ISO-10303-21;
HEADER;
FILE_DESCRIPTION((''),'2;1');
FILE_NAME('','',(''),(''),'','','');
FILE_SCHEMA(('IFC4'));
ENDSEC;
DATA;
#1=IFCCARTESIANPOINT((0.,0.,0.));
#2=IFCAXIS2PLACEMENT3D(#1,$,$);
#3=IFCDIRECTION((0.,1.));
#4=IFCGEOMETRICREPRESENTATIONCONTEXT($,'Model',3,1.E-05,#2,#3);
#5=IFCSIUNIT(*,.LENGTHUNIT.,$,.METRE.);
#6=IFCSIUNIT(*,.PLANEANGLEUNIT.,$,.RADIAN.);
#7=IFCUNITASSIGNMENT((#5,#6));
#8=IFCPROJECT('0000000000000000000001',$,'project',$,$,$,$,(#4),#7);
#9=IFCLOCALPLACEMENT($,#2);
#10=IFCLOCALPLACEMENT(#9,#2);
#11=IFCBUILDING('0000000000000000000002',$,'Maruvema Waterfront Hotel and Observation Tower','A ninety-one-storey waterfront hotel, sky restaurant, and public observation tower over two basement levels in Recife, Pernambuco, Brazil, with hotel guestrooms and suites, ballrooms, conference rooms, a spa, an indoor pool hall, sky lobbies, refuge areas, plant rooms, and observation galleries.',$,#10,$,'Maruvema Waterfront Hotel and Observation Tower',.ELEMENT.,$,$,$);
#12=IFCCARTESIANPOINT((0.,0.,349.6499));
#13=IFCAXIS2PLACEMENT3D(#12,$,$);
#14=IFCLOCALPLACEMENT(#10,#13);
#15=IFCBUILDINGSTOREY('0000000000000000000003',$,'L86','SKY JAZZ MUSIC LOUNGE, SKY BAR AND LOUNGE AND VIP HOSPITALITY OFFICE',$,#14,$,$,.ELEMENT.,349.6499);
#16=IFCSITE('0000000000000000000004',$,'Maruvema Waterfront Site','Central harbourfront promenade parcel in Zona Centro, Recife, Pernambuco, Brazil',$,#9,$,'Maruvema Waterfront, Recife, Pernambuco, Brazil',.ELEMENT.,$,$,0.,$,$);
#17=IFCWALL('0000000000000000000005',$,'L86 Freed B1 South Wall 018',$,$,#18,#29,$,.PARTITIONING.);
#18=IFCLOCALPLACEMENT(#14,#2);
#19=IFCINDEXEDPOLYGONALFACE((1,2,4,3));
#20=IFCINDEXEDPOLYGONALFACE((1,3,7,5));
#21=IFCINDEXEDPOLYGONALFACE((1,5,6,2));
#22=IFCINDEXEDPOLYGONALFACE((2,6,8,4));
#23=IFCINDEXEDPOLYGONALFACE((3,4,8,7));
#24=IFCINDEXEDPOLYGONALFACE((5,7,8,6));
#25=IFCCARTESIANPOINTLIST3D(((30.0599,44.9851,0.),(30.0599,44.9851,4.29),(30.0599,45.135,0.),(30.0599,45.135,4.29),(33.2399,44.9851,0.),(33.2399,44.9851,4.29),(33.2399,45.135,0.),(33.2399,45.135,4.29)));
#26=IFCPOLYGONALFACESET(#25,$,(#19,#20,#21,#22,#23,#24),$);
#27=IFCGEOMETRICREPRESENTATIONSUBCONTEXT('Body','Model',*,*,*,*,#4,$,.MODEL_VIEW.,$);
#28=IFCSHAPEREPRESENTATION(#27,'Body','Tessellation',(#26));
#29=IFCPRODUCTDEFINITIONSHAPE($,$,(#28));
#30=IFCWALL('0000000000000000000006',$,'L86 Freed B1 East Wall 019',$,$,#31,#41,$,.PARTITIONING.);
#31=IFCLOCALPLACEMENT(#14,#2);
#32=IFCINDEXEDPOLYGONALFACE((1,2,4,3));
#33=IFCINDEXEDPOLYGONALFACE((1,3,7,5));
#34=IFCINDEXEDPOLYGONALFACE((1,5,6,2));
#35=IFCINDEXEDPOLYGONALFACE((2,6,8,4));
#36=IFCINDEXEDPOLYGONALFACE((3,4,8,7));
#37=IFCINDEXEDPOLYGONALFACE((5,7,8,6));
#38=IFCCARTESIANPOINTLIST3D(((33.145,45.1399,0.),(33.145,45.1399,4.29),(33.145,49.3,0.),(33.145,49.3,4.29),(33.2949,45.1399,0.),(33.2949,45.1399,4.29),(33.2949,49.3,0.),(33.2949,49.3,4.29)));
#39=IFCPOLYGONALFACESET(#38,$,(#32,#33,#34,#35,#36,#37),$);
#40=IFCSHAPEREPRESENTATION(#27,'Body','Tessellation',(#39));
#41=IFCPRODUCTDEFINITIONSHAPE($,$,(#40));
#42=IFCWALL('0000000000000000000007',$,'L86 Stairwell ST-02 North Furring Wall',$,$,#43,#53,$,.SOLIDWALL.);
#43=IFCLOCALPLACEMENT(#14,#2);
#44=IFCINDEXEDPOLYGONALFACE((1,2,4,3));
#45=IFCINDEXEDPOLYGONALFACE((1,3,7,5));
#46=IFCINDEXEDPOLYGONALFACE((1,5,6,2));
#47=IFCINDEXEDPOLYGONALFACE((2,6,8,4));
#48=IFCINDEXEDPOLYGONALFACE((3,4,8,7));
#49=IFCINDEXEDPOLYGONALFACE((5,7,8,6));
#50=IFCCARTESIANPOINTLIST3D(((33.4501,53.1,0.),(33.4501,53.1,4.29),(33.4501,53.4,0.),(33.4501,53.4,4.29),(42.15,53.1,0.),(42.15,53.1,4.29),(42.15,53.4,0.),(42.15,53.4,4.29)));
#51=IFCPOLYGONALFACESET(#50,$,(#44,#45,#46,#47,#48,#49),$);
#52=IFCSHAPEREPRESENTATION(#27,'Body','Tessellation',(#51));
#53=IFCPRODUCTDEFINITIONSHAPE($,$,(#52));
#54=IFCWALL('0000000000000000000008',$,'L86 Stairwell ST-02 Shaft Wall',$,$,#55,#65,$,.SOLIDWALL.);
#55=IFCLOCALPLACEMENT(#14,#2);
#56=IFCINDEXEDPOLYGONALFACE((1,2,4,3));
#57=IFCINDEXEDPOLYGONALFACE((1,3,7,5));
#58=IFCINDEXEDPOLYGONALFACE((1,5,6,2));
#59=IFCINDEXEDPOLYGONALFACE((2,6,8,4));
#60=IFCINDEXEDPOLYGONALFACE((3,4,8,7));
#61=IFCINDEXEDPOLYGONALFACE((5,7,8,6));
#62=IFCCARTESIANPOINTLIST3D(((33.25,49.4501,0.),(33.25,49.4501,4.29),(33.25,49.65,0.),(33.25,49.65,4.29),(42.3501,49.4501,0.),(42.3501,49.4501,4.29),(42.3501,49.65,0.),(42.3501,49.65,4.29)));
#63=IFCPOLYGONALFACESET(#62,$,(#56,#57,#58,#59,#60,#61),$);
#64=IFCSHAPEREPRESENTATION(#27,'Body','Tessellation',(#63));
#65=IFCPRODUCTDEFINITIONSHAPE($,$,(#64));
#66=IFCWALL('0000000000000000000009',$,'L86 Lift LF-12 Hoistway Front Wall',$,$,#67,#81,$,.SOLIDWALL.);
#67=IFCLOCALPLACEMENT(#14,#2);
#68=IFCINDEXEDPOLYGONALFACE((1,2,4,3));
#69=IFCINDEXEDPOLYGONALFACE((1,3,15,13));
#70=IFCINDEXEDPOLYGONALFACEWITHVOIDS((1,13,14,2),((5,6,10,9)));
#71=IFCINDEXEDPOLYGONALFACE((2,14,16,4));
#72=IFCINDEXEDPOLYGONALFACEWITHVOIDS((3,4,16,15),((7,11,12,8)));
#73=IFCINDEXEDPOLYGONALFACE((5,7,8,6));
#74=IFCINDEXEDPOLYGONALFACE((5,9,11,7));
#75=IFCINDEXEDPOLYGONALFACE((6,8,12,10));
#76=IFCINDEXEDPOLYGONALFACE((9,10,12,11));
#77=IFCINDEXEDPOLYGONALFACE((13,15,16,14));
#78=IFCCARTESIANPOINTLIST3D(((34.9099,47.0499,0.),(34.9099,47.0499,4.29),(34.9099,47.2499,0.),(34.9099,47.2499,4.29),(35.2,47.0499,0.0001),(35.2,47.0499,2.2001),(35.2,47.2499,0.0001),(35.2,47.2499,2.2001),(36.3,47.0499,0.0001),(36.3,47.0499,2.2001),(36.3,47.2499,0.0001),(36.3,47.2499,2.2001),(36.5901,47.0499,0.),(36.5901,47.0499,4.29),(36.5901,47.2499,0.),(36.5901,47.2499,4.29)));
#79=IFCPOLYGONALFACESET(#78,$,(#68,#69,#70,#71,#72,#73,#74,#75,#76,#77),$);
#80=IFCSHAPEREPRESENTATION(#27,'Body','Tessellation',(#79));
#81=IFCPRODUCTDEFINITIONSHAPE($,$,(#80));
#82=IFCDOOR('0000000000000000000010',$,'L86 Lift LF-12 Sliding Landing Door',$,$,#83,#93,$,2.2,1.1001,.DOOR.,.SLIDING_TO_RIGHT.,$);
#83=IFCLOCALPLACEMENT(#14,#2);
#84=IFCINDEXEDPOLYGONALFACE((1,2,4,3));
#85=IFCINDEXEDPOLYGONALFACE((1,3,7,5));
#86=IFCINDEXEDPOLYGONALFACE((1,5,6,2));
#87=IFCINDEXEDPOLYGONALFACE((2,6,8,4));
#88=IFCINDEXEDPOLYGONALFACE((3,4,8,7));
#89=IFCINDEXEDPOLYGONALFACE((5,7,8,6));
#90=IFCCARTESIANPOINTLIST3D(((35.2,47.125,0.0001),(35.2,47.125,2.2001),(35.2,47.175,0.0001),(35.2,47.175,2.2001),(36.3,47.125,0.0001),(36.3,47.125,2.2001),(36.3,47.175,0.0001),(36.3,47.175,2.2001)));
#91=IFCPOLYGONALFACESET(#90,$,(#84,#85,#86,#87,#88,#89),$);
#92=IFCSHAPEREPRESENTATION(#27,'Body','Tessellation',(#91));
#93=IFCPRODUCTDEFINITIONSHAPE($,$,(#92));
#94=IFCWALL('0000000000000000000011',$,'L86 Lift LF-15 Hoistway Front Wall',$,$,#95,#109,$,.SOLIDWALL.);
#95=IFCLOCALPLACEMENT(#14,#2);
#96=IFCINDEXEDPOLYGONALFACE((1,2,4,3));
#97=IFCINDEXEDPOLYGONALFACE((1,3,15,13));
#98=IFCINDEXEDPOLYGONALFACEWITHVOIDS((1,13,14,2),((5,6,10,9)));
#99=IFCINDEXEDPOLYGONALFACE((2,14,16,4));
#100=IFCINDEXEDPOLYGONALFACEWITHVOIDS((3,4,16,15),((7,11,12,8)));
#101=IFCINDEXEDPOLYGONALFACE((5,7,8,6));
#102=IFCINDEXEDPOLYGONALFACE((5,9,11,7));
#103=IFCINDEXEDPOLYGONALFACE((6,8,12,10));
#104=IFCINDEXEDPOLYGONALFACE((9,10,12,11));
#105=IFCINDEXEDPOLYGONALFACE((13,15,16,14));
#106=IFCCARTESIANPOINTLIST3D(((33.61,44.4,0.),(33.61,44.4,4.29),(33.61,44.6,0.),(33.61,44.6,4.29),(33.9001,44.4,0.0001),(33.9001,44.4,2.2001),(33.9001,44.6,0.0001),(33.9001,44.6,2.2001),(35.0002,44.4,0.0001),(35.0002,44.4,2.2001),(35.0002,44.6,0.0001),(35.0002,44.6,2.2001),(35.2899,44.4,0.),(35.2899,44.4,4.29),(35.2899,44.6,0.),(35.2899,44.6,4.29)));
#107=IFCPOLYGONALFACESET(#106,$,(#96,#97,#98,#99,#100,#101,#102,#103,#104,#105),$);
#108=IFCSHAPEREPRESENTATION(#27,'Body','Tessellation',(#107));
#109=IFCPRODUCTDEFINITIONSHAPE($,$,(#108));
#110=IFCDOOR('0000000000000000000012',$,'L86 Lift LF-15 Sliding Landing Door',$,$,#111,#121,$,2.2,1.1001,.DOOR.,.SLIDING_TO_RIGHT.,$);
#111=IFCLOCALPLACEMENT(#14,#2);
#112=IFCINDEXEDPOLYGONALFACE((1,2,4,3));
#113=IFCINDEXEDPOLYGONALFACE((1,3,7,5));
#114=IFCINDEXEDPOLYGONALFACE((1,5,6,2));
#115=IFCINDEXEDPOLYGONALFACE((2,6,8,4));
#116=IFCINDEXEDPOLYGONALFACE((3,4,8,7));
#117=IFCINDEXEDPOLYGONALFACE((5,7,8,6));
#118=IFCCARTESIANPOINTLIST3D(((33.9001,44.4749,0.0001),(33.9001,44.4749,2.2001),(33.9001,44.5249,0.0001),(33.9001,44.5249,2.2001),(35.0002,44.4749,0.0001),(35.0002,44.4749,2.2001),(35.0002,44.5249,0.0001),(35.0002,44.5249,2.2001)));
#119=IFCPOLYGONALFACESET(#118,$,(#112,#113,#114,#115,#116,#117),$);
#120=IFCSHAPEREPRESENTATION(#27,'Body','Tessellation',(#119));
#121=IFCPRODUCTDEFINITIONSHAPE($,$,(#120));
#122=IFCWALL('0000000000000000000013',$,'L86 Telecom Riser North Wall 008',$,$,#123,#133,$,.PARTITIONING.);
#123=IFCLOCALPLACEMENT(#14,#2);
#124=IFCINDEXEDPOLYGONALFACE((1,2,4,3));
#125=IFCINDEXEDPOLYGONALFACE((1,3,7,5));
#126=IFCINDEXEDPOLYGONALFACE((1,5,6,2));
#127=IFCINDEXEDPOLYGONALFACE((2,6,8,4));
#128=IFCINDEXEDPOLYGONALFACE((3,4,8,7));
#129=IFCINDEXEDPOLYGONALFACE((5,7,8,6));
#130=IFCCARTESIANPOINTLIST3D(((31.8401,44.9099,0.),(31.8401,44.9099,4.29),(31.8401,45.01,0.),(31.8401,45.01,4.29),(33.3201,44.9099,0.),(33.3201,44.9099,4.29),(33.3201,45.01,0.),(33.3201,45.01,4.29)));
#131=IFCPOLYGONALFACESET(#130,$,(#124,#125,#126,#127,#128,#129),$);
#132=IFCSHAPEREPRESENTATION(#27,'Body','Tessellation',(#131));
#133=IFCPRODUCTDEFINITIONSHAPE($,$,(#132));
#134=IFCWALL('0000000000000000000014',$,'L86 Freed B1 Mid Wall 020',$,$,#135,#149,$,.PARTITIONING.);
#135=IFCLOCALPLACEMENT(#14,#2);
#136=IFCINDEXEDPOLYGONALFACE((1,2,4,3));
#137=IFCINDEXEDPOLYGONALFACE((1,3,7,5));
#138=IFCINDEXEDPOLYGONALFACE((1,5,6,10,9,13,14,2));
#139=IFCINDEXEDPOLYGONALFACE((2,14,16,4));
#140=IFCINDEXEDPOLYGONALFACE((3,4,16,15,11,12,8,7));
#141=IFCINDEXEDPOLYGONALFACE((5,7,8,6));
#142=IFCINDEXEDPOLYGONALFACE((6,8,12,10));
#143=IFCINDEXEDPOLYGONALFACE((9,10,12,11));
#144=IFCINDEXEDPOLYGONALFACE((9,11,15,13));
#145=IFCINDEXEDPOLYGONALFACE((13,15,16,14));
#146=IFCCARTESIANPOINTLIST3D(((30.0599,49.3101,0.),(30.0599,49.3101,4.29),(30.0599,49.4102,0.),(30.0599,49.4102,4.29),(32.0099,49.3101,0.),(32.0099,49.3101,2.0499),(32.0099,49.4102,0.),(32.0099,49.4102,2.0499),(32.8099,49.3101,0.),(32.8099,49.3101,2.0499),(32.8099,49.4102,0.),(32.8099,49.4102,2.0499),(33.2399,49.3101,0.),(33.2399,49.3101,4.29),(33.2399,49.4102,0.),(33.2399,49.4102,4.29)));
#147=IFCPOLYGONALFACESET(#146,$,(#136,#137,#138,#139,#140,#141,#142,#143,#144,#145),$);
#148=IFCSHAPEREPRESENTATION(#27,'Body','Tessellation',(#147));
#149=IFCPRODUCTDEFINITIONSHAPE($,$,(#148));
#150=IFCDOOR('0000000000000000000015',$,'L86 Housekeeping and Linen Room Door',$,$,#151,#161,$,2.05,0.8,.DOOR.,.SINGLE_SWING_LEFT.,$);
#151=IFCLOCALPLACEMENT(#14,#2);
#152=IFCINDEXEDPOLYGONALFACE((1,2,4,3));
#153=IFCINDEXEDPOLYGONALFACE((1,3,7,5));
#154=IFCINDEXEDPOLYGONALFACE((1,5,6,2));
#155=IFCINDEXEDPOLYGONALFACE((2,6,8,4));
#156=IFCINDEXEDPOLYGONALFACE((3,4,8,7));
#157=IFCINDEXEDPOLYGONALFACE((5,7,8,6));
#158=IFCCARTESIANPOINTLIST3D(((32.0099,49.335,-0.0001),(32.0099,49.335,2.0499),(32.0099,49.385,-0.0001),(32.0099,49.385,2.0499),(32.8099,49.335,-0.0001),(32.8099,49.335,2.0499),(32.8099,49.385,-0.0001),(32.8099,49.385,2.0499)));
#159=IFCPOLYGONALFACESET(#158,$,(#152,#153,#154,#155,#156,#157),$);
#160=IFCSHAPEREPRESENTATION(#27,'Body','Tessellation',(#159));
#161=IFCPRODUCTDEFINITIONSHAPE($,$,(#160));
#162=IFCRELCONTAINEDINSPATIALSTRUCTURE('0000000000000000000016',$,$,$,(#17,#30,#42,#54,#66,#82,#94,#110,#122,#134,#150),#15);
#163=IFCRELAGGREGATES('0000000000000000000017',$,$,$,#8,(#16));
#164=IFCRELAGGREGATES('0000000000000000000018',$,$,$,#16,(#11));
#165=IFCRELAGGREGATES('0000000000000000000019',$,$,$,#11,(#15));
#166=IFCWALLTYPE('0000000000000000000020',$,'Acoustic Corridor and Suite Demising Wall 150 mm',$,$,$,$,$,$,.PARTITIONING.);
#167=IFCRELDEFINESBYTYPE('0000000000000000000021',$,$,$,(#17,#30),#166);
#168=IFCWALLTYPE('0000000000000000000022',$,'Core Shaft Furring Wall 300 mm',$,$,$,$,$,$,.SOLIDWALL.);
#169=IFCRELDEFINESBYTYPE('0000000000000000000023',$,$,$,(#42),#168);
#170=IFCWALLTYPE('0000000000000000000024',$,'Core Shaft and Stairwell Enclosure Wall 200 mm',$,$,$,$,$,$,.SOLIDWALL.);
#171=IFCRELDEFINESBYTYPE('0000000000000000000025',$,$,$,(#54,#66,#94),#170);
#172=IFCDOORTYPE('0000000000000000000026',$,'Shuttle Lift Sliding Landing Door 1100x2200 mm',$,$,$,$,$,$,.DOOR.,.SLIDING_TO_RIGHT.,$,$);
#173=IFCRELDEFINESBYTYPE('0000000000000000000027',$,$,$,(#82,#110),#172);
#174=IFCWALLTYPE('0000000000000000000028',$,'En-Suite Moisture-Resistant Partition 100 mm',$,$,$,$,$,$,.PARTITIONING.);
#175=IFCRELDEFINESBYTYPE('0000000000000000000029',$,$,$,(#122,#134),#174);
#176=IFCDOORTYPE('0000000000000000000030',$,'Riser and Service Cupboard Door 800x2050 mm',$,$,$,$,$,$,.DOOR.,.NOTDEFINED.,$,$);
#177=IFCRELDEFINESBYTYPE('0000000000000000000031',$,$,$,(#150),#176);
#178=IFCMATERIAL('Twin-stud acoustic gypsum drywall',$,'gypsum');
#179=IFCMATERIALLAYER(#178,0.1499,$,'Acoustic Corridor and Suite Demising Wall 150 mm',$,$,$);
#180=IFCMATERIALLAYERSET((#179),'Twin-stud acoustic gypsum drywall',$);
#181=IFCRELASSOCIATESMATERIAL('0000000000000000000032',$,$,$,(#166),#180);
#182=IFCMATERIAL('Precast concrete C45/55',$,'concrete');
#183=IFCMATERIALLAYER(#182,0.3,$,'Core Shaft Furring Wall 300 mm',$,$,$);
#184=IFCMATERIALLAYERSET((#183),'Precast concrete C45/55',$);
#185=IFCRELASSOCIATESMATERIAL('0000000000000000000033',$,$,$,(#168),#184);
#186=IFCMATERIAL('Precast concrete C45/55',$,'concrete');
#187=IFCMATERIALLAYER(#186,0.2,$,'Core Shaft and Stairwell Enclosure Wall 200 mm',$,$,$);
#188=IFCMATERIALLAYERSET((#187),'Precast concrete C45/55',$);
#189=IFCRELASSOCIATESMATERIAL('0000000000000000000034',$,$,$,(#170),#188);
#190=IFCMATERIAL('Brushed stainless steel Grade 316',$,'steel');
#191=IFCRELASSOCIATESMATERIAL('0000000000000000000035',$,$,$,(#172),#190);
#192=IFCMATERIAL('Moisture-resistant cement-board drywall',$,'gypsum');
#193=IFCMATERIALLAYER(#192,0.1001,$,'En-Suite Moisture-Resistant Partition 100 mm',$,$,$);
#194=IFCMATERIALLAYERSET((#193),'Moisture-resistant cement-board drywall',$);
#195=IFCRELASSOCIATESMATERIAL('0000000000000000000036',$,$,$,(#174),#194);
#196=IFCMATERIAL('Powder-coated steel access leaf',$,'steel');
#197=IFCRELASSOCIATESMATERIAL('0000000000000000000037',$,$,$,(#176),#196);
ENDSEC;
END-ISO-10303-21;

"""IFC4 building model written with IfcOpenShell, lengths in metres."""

from ifc_helpers import new_model, si_unit, direction, frame, frame_2d, origin, place, context, subcontext, project, spatial, rectangle, extrude, material, layer, layer_set, type_object, element, fill, save


model = new_model("IFC4")

# Units and contexts
model_context = context("Model", 3, precision=1e-05, world=origin(), true_north=direction((0.0, 1.0)))
body_context = subcontext(model_context, "Body", "Model", "MODEL_VIEW")
ifc_project = project(units=[si_unit("LENGTHUNIT", "METRE"), si_unit("PLANEANGLEUNIT", "RADIAN")], contexts=[model_context])

# Site, building, storey
site_placement = place(None, origin())
site = spatial("IfcSite", under=ifc_project, at=site_placement, Name="Maruvema Waterfront Site", Description="Central harbourfront promenade parcel in Zona Centro, Recife, Pernambuco, Brazil", LongName="Maruvema Waterfront, Recife, Pernambuco, Brazil", CompositionType="ELEMENT", RefElevation=0.0)
building_placement = place(site_placement, origin())
building = spatial("IfcBuilding", under=site, at=building_placement, Name="Maruvema Waterfront Hotel and Observation Tower", Description="A ninety-one-storey waterfront hotel, sky restaurant, and public observation tower over two basement levels in Recife, Pernambuco, Brazil, with hotel guestrooms and suites, ballrooms, conference rooms, a spa, an indoor pool hall, sky lobbies, refuge areas, plant rooms, and observation galleries.", LongName="Maruvema Waterfront Hotel and Observation Tower", CompositionType="ELEMENT")
storey_placement = place(building_placement, frame((0.0, 0.0, 349.6499)))
storey = spatial("IfcBuildingStorey", under=building, at=storey_placement, Name="L86", Description="SKY JAZZ MUSIC LOUNGE, SKY BAR AND LOUNGE AND VIP HOSPITALITY OFFICE", CompositionType="ELEMENT", Elevation=349.6499)

# Walls
ifc_material_1 = material(Name="Twin-stud acoustic gypsum drywall", Category="gypsum")
ifc_layer_1 = layer(ifc_material_1, 0.1499, Name="Acoustic Corridor and Suite Demising Wall 150 mm")
ifc_layer_set_1 = layer_set([ifc_layer_1], Name="Twin-stud acoustic gypsum drywall")
wall_type_1 = type_object("IfcWallType", Name="Acoustic Corridor and Suite Demising Wall 150 mm", PredefinedType="PARTITIONING", material=ifc_layer_set_1)
wall_1_placement = place(storey_placement, frame((30.0601, 45.0601, 0.0), z_axis=(0.0, 0.0, 1.0), x_axis=(1.0, 0.0, 0.0)))
element("IfcWall", 1, at=wall_1_placement, inside=storey, type_object=wall_type_1, Name="L86 Freed B1 South Wall 018", PredefinedType="PARTITIONING", context=body_context, shape_type="SweptSolid", body=[
    extrude(rectangle(XDim=3.1799, YDim=0.1499, at=frame_2d((1.5898, 0.0))), origin(), (0.0, 0.0, 1.0), 4.29),
])
wall_2_placement = place(storey_placement, frame((33.22, 45.1399, 0.0), z_axis=(0.0, 0.0, 1.0), x_axis=(0.0, 1.0, 0.0)))
element("IfcWall", 2, at=wall_2_placement, inside=storey, type_object=wall_type_1, Name="L86 Freed B1 East Wall 019", PredefinedType="PARTITIONING", context=body_context, shape_type="SweptSolid", body=[
    extrude(rectangle(XDim=4.1602, YDim=0.1499, at=frame_2d((2.0801, 0.0))), origin(), (0.0, 0.0, 1.0), 4.29),
])
ifc_material_2 = material(Name="Precast concrete C45/55", Category="concrete")
ifc_layer_2 = layer(ifc_material_2, 0.3, Name="Core Shaft Furring Wall 300 mm")
ifc_layer_set_2 = layer_set([ifc_layer_2], Name="Precast concrete C45/55")
wall_type_2 = type_object("IfcWallType", Name="Core Shaft Furring Wall 300 mm", PredefinedType="SOLIDWALL", material=ifc_layer_set_2)
wall_3_placement = place(storey_placement, frame((33.45, 53.25, 0.0), z_axis=(0.0, 0.0, 1.0), x_axis=(1.0, 0.0, 0.0)))
element("IfcWall", 3, at=wall_3_placement, inside=storey, type_object=wall_type_2, Name="L86 Stairwell ST-02 North Furring Wall", PredefinedType="SOLIDWALL", context=body_context, shape_type="SweptSolid", body=[
    extrude(rectangle(XDim=8.7, YDim=0.3, at=frame_2d((4.3501, 0.0))), origin(), (0.0, 0.0, 1.0), 4.29),
])
ifc_material_3 = material(Name="Precast concrete C45/55", Category="concrete")
ifc_layer_3 = layer(ifc_material_3, 0.2, Name="Core Shaft and Stairwell Enclosure Wall 200 mm")
ifc_layer_set_3 = layer_set([ifc_layer_3], Name="Precast concrete C45/55")
wall_type_3 = type_object("IfcWallType", Name="Core Shaft and Stairwell Enclosure Wall 200 mm", PredefinedType="SOLIDWALL", material=ifc_layer_set_3)
wall_4_placement = place(storey_placement, frame((33.25, 49.55, 0.0), z_axis=(0.0, 0.0, 1.0), x_axis=(1.0, 0.0, 0.0)))
element("IfcWall", 4, at=wall_4_placement, inside=storey, type_object=wall_type_3, Name="L86 Stairwell ST-02 Shaft Wall", PredefinedType="SOLIDWALL", context=body_context, shape_type="SweptSolid", body=[
    extrude(rectangle(XDim=9.1001, YDim=0.2, at=frame_2d((4.55, 0.0))), origin(), (0.0, 0.0, 1.0), 4.29),
])

# Walls, openings, doors
wall_5_placement = place(storey_placement, frame((34.9099, 47.1499, 0.0), z_axis=(0.0, 0.0, 1.0), x_axis=(1.0, 0.0, 0.0)))
wall_5 = element("IfcWall", 5, at=wall_5_placement, inside=storey, type_object=wall_type_3, Name="L86 Lift LF-12 Hoistway Front Wall", PredefinedType="SOLIDWALL", context=body_context, shape_type="SweptSolid", body=[
    extrude(rectangle(XDim=1.6802, YDim=0.2, at=frame_2d((0.8401, 0.0))), origin(), (0.0, 0.0, 1.0), 4.29),
])
opening_1_placement = place(wall_5_placement, frame((0.29, 0.0, 0.0)))
opening_1 = element("IfcOpeningElement", 6, at=opening_1_placement, cuts=wall_5, PredefinedType="OPENING", context=body_context, shape_type="SweptSolid", body=[
    extrude(rectangle(XDim=1.1001, YDim=2.2, at=frame_2d((0.55, 1.1001))), frame((0.0, 0.1099, 0.0), z_axis=(0.0, -1.0, 0.0), x_axis=(1.0, 0.0, 0.0)), (0.0, 0.0, 1.0), 0.22),
])
ifc_material_4 = material(Name="Brushed stainless steel Grade 316", Category="steel")
door_type_1 = type_object("IfcDoorType", Name="Shuttle Lift Sliding Landing Door 1100x2200 mm", OperationType="SLIDING_TO_RIGHT", PredefinedType="DOOR", material=ifc_material_4)
door_1_placement = place(opening_1_placement, frame((1.1001, 0.0, 0.0), z_axis=(0.0, 0.0, 1.0), x_axis=(-1.0, 0.0, 0.0)))
door_1 = element("IfcDoor", 7, at=door_1_placement, inside=storey, type_object=door_type_1, Name="L86 Lift LF-12 Sliding Landing Door", OperationType="SLIDING_TO_RIGHT", OverallHeight=2.2, OverallWidth=1.1001, PredefinedType="DOOR", context=body_context, shape_type="SweptSolid", body=[
    extrude(rectangle(XDim=1.1001, YDim=2.2, at=frame_2d((0.55, 1.1001))), frame((0.0, 0.0249, 0.0), z_axis=(0.0, -1.0, 0.0), x_axis=(1.0, 0.0, 0.0)), (0.0, 0.0, 1.0), 0.05),
])
fill(opening_1, door_1)
wall_6_placement = place(storey_placement, frame((33.6101, 44.5, 0.0), z_axis=(0.0, 0.0, 1.0), x_axis=(1.0, 0.0, 0.0)))
wall_6 = element("IfcWall", 8, at=wall_6_placement, inside=storey, type_object=wall_type_3, Name="L86 Lift LF-15 Hoistway Front Wall", PredefinedType="SOLIDWALL", context=body_context, shape_type="SweptSolid", body=[
    extrude(rectangle(XDim=1.6799, YDim=0.2, at=frame_2d((0.8398, 0.0))), origin(), (0.0, 0.0, 1.0), 4.29),
])
opening_2_placement = place(wall_6_placement, frame((0.29, 0.0, 0.0)))
opening_2 = element("IfcOpeningElement", 9, at=opening_2_placement, cuts=wall_6, PredefinedType="OPENING", context=body_context, shape_type="SweptSolid", body=[
    extrude(rectangle(XDim=1.1001, YDim=2.2, at=frame_2d((0.55, 1.1001))), frame((0.0, 0.1099, 0.0), z_axis=(0.0, -1.0, 0.0), x_axis=(1.0, 0.0, 0.0)), (0.0, 0.0, 1.0), 0.22),
])
door_2_placement = place(opening_2_placement, origin())
door_2 = element("IfcDoor", 10, at=door_2_placement, inside=storey, type_object=door_type_1, Name="L86 Lift LF-15 Sliding Landing Door", OperationType="SLIDING_TO_RIGHT", OverallHeight=2.2, OverallWidth=1.1001, PredefinedType="DOOR", context=body_context, shape_type="SweptSolid", body=[
    extrude(rectangle(XDim=1.1001, YDim=2.2, at=frame_2d((0.55, 1.1001))), frame((0.0, 0.0249, 0.0), z_axis=(0.0, -1.0, 0.0), x_axis=(1.0, 0.0, 0.0)), (0.0, 0.0, 1.0), 0.05),
])
fill(opening_2, door_2)

# Wall
ifc_material_5 = material(Name="Moisture-resistant cement-board drywall", Category="gypsum")
ifc_layer_4 = layer(ifc_material_5, 0.1001, Name="En-Suite Moisture-Resistant Partition 100 mm")
ifc_layer_set_4 = layer_set([ifc_layer_4], Name="Moisture-resistant cement-board drywall")
wall_type_4 = type_object("IfcWallType", Name="En-Suite Moisture-Resistant Partition 100 mm", PredefinedType="PARTITIONING", material=ifc_layer_set_4)
wall_7_placement = place(storey_placement, frame((31.8401, 44.96, 0.0), z_axis=(0.0, 0.0, 1.0), x_axis=(1.0, 0.0, 0.0)))
element("IfcWall", 11, at=wall_7_placement, inside=storey, type_object=wall_type_4, Name="L86 Telecom Riser North Wall 008", PredefinedType="PARTITIONING", context=body_context, shape_type="SweptSolid", body=[
    extrude(rectangle(XDim=1.48, YDim=0.1001, at=frame_2d((0.74, 0.0))), origin(), (0.0, 0.0, 1.0), 4.29),
])

# Wall, opening, door
wall_8_placement = place(storey_placement, frame((30.0601, 49.3601, 0.0), z_axis=(0.0, 0.0, 1.0), x_axis=(1.0, 0.0, 0.0)))
wall_8 = element("IfcWall", 12, at=wall_8_placement, inside=storey, type_object=wall_type_4, Name="L86 Freed B1 Mid Wall 020", PredefinedType="PARTITIONING", context=body_context, shape_type="SweptSolid", body=[
    extrude(rectangle(XDim=3.1799, YDim=0.1001, at=frame_2d((1.5898, 0.0))), origin(), (0.0, 0.0, 1.0), 4.29),
])
opening_3_placement = place(wall_8_placement, frame((1.95, 0.0, 0.0)))
opening_3 = element("IfcOpeningElement", 13, at=opening_3_placement, cuts=wall_8, PredefinedType="OPENING", context=body_context, shape_type="SweptSolid", body=[
    extrude(rectangle(XDim=0.8, YDim=2.05, at=frame_2d((0.3999, 1.0249))), frame((0.0, 0.0601, 0.0), z_axis=(0.0, -1.0, 0.0), x_axis=(1.0, 0.0, 0.0)), (0.0, 0.0, 1.0), 0.1201),
])
ifc_material_6 = material(Name="Powder-coated steel access leaf", Category="steel")
door_type_2 = type_object("IfcDoorType", Name="Riser and Service Cupboard Door 800x2050 mm", OperationType="NOTDEFINED", PredefinedType="DOOR", material=ifc_material_6)
door_3_placement = place(opening_3_placement, origin())
door_3 = element("IfcDoor", 14, at=door_3_placement, inside=storey, type_object=door_type_2, Name="L86 Housekeeping and Linen Room Door", OperationType="SINGLE_SWING_LEFT", OverallHeight=2.05, OverallWidth=0.8, PredefinedType="DOOR", context=body_context, shape_type="SweptSolid", body=[
    extrude(rectangle(XDim=0.8, YDim=2.05, at=frame_2d((0.3999, 1.0249))), frame((0.0, 0.0249, 0.0), z_axis=(0.0, -1.0, 0.0), x_axis=(1.0, 0.0, 0.0)), (0.0, 0.0, 1.0), 0.05),
])
fill(opening_3, door_3)

save(model, "model.ifc")
